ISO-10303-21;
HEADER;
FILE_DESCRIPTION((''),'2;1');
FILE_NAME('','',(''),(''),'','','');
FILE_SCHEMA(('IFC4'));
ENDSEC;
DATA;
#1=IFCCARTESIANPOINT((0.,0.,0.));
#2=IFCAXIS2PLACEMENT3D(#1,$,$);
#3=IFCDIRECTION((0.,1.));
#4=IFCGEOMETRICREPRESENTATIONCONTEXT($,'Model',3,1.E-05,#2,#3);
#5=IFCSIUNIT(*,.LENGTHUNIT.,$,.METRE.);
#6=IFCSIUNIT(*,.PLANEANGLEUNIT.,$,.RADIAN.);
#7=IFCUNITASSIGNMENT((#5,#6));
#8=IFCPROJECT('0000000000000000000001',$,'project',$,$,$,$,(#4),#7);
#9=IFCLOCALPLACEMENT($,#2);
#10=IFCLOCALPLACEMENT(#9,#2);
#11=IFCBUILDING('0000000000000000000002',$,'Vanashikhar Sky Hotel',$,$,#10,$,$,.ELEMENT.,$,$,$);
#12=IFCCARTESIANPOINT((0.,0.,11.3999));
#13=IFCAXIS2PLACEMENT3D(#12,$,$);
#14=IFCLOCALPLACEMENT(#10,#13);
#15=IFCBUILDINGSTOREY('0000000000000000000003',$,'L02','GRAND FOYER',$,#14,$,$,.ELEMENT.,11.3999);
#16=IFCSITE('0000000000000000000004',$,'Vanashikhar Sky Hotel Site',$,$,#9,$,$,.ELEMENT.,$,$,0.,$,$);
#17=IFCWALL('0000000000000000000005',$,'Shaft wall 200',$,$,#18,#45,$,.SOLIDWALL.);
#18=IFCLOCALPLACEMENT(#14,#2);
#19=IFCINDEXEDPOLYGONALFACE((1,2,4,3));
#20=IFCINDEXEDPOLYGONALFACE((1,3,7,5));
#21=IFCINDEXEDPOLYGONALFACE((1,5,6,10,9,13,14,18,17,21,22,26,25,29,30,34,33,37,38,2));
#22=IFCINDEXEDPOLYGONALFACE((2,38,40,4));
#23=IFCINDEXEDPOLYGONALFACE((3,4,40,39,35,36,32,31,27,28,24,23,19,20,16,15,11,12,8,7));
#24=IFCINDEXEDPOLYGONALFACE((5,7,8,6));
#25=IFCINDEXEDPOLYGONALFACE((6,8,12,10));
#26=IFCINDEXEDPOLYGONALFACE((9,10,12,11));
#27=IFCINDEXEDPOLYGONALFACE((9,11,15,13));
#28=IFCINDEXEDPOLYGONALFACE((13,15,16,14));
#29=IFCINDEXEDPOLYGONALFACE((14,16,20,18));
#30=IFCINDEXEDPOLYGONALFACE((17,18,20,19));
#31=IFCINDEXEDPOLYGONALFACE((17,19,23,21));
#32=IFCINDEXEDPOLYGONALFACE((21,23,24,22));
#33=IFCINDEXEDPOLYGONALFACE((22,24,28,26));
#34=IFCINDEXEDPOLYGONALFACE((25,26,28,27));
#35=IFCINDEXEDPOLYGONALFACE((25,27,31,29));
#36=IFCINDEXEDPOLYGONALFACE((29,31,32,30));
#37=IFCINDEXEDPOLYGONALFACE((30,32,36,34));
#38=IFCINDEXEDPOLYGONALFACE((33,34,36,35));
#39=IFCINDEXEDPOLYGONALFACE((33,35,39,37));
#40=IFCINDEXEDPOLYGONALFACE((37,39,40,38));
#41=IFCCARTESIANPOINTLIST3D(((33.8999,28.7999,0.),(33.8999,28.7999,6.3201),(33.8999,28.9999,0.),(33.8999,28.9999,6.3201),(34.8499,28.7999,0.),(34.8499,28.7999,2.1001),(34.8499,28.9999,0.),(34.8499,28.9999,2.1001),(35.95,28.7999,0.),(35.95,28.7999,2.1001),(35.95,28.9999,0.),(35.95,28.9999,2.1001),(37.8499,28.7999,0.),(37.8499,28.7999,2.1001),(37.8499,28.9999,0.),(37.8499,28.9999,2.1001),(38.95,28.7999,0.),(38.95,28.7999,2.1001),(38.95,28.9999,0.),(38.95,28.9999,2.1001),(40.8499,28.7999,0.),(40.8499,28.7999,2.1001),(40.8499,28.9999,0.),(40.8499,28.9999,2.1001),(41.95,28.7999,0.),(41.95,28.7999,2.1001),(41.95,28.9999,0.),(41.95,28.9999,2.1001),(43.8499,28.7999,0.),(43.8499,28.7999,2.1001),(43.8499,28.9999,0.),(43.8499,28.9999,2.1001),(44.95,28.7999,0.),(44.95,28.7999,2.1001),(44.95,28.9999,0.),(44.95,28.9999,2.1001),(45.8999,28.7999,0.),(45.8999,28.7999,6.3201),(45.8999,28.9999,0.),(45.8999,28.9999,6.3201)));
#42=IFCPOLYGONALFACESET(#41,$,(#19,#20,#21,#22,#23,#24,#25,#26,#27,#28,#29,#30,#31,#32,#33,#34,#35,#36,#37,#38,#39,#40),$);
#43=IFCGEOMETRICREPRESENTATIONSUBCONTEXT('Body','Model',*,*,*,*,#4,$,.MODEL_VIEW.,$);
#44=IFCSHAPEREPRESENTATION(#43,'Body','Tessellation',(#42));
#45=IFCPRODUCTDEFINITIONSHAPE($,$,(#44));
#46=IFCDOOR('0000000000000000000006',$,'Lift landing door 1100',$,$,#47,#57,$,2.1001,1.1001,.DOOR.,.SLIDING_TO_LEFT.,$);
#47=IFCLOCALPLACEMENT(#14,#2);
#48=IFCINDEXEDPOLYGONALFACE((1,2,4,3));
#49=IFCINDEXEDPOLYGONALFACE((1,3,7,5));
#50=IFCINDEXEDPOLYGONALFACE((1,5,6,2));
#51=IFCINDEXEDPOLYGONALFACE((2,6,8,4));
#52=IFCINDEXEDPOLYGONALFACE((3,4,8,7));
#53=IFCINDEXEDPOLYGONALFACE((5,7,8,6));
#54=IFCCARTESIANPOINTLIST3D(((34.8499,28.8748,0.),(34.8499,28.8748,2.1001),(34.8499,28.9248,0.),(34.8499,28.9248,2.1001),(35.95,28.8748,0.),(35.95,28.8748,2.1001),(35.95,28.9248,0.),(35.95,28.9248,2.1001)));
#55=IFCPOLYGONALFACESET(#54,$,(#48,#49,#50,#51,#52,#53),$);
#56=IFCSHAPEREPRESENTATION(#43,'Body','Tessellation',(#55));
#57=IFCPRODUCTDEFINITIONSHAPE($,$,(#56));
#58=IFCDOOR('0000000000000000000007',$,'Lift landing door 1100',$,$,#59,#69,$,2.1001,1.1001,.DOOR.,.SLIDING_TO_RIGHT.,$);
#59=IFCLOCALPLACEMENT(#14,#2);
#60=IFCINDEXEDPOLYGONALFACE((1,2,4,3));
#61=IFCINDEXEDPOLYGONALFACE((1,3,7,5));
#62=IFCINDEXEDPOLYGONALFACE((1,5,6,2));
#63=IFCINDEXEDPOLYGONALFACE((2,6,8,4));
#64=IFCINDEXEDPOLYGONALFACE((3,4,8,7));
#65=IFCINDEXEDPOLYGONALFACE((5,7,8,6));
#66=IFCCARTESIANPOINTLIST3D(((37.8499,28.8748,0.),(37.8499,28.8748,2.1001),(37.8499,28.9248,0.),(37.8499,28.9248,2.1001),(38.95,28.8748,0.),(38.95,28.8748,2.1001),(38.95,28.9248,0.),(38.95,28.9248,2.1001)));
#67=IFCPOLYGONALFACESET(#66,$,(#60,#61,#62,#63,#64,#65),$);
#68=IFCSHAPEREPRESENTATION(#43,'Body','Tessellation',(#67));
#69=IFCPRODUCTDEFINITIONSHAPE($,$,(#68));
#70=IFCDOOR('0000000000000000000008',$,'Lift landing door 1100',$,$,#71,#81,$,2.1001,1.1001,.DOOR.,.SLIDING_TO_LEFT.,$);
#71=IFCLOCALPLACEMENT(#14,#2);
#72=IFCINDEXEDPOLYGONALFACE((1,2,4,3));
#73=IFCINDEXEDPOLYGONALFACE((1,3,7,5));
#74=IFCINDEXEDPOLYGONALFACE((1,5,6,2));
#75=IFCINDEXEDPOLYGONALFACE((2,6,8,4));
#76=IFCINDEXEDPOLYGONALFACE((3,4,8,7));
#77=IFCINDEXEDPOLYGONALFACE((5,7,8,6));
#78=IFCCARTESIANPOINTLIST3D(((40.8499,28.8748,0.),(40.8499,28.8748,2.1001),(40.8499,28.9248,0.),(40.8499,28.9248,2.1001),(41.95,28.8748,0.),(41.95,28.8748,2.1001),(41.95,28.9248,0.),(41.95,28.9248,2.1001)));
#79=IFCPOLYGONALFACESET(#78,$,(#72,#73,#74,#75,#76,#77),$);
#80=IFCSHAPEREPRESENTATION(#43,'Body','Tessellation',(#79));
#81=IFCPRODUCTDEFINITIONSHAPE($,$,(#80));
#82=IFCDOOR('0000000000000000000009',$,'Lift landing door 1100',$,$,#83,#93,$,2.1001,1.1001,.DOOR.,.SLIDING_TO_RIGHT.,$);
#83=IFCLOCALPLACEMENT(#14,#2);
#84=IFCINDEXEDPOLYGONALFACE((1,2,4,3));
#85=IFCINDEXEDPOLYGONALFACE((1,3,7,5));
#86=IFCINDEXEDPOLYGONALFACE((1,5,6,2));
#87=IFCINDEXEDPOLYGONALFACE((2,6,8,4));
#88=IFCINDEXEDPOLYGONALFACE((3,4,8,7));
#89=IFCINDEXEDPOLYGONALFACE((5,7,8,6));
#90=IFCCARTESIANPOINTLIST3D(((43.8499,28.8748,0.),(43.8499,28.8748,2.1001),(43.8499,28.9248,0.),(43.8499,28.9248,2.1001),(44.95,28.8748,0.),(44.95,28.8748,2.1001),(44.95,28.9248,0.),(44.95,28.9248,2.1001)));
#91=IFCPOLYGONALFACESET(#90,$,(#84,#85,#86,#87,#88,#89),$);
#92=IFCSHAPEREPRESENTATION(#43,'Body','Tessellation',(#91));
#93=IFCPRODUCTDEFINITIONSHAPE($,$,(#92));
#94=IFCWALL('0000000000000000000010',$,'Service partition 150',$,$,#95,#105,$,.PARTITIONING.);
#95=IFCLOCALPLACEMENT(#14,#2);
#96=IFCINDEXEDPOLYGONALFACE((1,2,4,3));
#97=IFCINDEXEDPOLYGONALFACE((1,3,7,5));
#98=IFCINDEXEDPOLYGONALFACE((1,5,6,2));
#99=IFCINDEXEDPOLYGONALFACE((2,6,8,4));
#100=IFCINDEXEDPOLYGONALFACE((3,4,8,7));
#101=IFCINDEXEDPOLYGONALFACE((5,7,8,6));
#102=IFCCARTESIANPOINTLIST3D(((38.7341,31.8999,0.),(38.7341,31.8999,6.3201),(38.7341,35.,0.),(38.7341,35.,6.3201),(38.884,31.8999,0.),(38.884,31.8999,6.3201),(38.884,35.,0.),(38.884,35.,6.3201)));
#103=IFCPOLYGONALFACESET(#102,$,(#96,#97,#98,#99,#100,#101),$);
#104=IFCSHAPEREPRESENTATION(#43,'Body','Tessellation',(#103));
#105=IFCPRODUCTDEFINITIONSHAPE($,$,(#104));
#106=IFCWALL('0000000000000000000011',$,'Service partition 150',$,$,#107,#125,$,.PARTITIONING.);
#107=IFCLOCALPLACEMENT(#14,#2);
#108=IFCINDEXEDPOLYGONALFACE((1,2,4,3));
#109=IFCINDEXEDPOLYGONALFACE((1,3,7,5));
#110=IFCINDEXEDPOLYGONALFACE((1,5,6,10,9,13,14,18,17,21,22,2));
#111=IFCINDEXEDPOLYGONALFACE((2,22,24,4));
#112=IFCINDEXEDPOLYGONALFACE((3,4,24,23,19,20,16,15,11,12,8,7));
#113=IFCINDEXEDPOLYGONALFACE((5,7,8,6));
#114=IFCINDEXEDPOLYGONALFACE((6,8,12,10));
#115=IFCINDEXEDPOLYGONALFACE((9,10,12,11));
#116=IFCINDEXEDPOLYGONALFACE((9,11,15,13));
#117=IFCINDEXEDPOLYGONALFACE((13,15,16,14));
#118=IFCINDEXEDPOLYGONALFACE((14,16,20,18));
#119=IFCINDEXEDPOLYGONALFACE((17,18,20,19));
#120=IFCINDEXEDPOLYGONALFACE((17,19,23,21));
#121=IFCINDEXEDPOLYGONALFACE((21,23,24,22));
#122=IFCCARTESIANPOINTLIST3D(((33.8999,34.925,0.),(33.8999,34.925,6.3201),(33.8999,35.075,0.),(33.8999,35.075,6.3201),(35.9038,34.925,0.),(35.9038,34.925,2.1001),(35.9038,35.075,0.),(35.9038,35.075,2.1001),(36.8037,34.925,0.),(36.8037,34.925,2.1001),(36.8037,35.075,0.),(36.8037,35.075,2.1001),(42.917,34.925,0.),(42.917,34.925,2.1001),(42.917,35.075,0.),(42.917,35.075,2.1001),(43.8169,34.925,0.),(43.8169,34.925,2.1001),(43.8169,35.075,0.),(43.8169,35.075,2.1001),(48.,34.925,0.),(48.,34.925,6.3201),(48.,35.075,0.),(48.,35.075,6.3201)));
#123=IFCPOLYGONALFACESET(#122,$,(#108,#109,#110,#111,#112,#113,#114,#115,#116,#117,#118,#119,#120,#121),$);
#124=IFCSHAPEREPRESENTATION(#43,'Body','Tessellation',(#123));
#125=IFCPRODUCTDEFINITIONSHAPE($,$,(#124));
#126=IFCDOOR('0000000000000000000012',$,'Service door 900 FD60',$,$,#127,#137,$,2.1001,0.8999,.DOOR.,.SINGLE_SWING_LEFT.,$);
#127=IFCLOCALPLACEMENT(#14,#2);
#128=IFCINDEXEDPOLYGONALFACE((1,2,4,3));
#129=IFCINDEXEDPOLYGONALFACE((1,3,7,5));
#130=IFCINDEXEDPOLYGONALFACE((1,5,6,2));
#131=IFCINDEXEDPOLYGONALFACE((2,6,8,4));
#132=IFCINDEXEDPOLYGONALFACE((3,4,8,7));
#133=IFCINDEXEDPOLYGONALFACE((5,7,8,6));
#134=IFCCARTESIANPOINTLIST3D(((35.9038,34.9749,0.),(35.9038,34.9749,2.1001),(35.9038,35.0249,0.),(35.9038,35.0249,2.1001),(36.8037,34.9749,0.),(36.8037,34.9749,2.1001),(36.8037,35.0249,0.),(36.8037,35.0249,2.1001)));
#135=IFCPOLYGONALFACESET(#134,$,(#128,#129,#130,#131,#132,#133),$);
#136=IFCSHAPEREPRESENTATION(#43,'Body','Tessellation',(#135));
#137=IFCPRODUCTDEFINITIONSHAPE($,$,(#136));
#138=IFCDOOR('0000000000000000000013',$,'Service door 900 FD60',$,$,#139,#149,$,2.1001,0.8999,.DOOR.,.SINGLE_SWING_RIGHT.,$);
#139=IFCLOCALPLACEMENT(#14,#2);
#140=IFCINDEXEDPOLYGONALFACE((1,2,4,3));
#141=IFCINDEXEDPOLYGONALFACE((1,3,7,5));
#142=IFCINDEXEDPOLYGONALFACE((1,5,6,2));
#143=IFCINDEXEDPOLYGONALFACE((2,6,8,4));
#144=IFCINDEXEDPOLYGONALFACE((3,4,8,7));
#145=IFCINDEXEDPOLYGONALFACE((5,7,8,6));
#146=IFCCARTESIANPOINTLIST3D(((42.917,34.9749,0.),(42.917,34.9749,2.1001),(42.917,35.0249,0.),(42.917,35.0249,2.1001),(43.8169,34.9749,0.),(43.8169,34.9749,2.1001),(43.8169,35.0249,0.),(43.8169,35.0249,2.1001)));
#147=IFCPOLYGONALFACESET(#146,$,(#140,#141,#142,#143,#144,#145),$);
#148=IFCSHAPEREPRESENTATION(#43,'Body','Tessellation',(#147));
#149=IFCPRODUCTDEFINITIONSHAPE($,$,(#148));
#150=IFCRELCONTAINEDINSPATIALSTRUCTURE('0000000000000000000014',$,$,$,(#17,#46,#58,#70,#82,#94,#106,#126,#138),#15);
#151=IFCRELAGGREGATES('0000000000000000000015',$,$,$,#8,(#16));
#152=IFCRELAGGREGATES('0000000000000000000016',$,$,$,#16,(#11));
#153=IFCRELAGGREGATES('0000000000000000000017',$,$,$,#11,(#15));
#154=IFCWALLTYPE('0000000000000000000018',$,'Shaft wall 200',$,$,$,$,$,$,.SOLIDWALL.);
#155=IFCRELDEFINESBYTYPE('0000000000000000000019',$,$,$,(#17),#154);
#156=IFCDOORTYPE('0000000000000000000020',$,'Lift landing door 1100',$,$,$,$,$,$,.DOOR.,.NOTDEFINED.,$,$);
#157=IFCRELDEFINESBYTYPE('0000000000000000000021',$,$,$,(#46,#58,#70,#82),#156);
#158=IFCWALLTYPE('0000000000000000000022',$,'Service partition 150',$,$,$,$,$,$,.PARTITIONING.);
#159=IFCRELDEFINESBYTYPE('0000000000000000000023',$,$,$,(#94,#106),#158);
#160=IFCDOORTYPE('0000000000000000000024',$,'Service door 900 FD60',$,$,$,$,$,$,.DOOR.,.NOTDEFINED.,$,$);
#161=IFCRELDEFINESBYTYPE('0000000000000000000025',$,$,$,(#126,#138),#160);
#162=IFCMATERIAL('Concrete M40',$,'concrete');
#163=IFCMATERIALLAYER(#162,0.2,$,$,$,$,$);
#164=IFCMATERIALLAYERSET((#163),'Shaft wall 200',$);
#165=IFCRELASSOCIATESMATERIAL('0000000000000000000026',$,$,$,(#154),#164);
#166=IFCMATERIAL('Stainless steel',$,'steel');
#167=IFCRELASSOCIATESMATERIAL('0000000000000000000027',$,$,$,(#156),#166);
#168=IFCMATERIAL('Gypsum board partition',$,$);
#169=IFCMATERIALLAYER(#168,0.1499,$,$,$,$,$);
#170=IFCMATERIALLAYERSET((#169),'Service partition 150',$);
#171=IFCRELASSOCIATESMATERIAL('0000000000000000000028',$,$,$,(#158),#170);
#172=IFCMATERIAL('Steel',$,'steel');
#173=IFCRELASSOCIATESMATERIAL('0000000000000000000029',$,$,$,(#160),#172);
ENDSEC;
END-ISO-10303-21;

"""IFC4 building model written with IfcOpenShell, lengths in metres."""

from ifc_helpers import new_model, si_unit, direction, frame, frame_2d, origin, place, context, subcontext, project, spatial, rectangle, extrude, source, transform, mapped, material, layer, layer_set, type_object, element, fill, save


model = new_model("IFC4")

# Units and contexts
model_context = context("Model", 3, precision=1e-05, world=origin(), true_north=direction((0.0, 1.0)))
body_context = subcontext(model_context, "Body", "Model", "MODEL_VIEW")
ifc_project = project(units=[si_unit("LENGTHUNIT", "METRE"), si_unit("PLANEANGLEUNIT", "RADIAN")], contexts=[model_context])

# Site, building, storey
site_placement = place(None, origin())
site = spatial("IfcSite", under=ifc_project, at=site_placement, Name="Vanashikhar Sky Hotel Site", CompositionType="ELEMENT", RefElevation=0.0)
building_placement = place(site_placement, origin())
building = spatial("IfcBuilding", under=site, at=building_placement, Name="Vanashikhar Sky Hotel", CompositionType="ELEMENT")
storey_placement = place(building_placement, frame((0.0, 0.0, 11.3999)))
storey = spatial("IfcBuildingStorey", under=building, at=storey_placement, Name="L02", Description="GRAND FOYER", CompositionType="ELEMENT", Elevation=11.3999)

# Shared definitions
ifc_material_1 = material(Name="Steel", Category="steel")

# Wall, openings, doors
ifc_material_2 = material(Name="Concrete M40", Category="concrete")
ifc_layer_1 = layer(ifc_material_2, 0.2)
ifc_layer_set_1 = layer_set([ifc_layer_1], Name="Shaft wall 200")
wall_type_1 = type_object("IfcWallType", Name="Shaft wall 200", PredefinedType="SOLIDWALL", material=ifc_layer_set_1)
shared_shape_1 = source(origin(), body_context, "Body", "SweptSolid", [
    extrude(rectangle(XDim=1.1001, YDim=2.1001, at=frame_2d((0.55, 1.05))), frame((0.0, 0.1099, 0.0), z_axis=(0.0, -1.0, 0.0), x_axis=(1.0, 0.0, 0.0)), (0.0, 0.0, 1.0), 0.22),
])
ifc_material_3 = material(Name="Stainless steel", Category="steel")
door_type_1 = type_object("IfcDoorType", Name="Lift landing door 1100", OperationType="NOTDEFINED", PredefinedType="DOOR", material=ifc_material_3)
shared_shape_2 = source(origin(), body_context, "Body", "SweptSolid", [
    extrude(rectangle(XDim=1.1001, YDim=2.1001, at=frame_2d((0.55, 1.05))), frame((0.0, 0.0249, 0.0), z_axis=(0.0, -1.0, 0.0), x_axis=(1.0, 0.0, 0.0)), (0.0, 0.0, 1.0), 0.05),
])
shared_shape_3 = source(origin(), body_context, "Body", "SweptSolid", [
    extrude(rectangle(XDim=12.0, YDim=0.2, at=frame_2d((6.0, 0.0))), origin(), (0.0, 0.0, 1.0), 6.3201),
])
wall_1_placement = place(storey_placement, frame((33.8999, 28.8999, 0.0), z_axis=(0.0, 0.0, 1.0), x_axis=(1.0, 0.0, 0.0)))
wall_1 = element("IfcWall", 1, at=wall_1_placement, inside=storey, type_object=wall_type_1, Name="Shaft wall 200", PredefinedType="SOLIDWALL", context=body_context, shape_type="MappedRepresentation", body=[
    mapped(shared_shape_3, transform((0.0, 0.0, 0.0), scale=1.0)),
])
opening_1_placement = place(wall_1_placement, frame((0.95, 0.0, 0.0)))
opening_1 = element("IfcOpeningElement", 2, at=opening_1_placement, cuts=wall_1, PredefinedType="OPENING", context=body_context, shape_type="MappedRepresentation", body=[
    mapped(shared_shape_1, transform((0.0, 0.0, 0.0), scale=1.0)),
])
opening_2_placement = place(wall_1_placement, frame((3.95, 0.0, 0.0)))
opening_2 = element("IfcOpeningElement", 3, at=opening_2_placement, cuts=wall_1, PredefinedType="OPENING", context=body_context, shape_type="MappedRepresentation", body=[
    mapped(shared_shape_1, transform((0.0, 0.0, 0.0), scale=1.0)),
])
opening_3_placement = place(wall_1_placement, frame((6.95, 0.0, 0.0)))
opening_3 = element("IfcOpeningElement", 4, at=opening_3_placement, cuts=wall_1, PredefinedType="OPENING", context=body_context, shape_type="MappedRepresentation", body=[
    mapped(shared_shape_1, transform((0.0, 0.0, 0.0), scale=1.0)),
])
opening_4_placement = place(wall_1_placement, frame((9.95, 0.0, 0.0)))
opening_4 = element("IfcOpeningElement", 5, at=opening_4_placement, cuts=wall_1, PredefinedType="OPENING", context=body_context, shape_type="MappedRepresentation", body=[
    mapped(shared_shape_1, transform((0.0, 0.0, 0.0), scale=1.0)),
])
door_1_placement = place(opening_1_placement, origin())
door_1 = element("IfcDoor", 6, at=door_1_placement, inside=storey, type_object=door_type_1, Name="Lift landing door 1100", OperationType="SLIDING_TO_LEFT", OverallHeight=2.1001, OverallWidth=1.1001, PredefinedType="DOOR", context=body_context, shape_type="MappedRepresentation", body=[
    mapped(shared_shape_2, transform((0.0, 0.0, 0.0), scale=1.0)),
])
fill(opening_1, door_1)
door_2_placement = place(opening_2_placement, origin())
door_2 = element("IfcDoor", 7, at=door_2_placement, inside=storey, type_object=door_type_1, Name="Lift landing door 1100", OperationType="SLIDING_TO_RIGHT", OverallHeight=2.1001, OverallWidth=1.1001, PredefinedType="DOOR", context=body_context, shape_type="MappedRepresentation", body=[
    mapped(shared_shape_2, transform((0.0, 0.0, 0.0), scale=1.0)),
])
fill(opening_2, door_2)
door_3_placement = place(opening_3_placement, origin())
door_3 = element("IfcDoor", 8, at=door_3_placement, inside=storey, type_object=door_type_1, Name="Lift landing door 1100", OperationType="SLIDING_TO_LEFT", OverallHeight=2.1001, OverallWidth=1.1001, PredefinedType="DOOR", context=body_context, shape_type="MappedRepresentation", body=[
    mapped(shared_shape_2, transform((0.0, 0.0, 0.0), scale=1.0)),
])
fill(opening_3, door_3)
door_4_placement = place(opening_4_placement, origin())
door_4 = element("IfcDoor", 9, at=door_4_placement, inside=storey, type_object=door_type_1, Name="Lift landing door 1100", OperationType="SLIDING_TO_RIGHT", OverallHeight=2.1001, OverallWidth=1.1001, PredefinedType="DOOR", context=body_context, shape_type="MappedRepresentation", body=[
    mapped(shared_shape_2, transform((0.0, 0.0, 0.0), scale=1.0)),
])
fill(opening_4, door_4)

# Wall
ifc_material_4 = material(Name="Gypsum board partition")
ifc_layer_2 = layer(ifc_material_4, 0.1499)
ifc_layer_set_2 = layer_set([ifc_layer_2], Name="Service partition 150")
wall_type_2 = type_object("IfcWallType", Name="Service partition 150", PredefinedType="PARTITIONING", material=ifc_layer_set_2)
shared_shape_4 = source(origin(), body_context, "Body", "SweptSolid", [
    extrude(rectangle(XDim=3.1001, YDim=0.1499, at=frame_2d((1.55, 0.0))), origin(), (0.0, 0.0, 1.0), 6.3201),
])
wall_2_placement = place(storey_placement, frame((38.8091, 31.8999, 0.0), z_axis=(0.0, 0.0, 1.0), x_axis=(0.0, 1.0, 0.0)))
element("IfcWall", 10, at=wall_2_placement, inside=storey, type_object=wall_type_2, Name="Service partition 150", PredefinedType="PARTITIONING", context=body_context, shape_type="MappedRepresentation", body=[
    mapped(shared_shape_4, transform((0.0, 0.0, 0.0), scale=1.0)),
])

# Wall, openings, doors
shared_shape_5 = source(origin(), body_context, "Body", "SweptSolid", [
    extrude(rectangle(XDim=14.1001, YDim=0.1499, at=frame_2d((7.05, 0.0))), origin(), (0.0, 0.0, 1.0), 6.3201),
])
wall_3_placement = place(storey_placement, frame((33.8999, 35.0, 0.0), z_axis=(0.0, 0.0, 1.0), x_axis=(1.0, 0.0, 0.0)))
wall_3 = element("IfcWall", 11, at=wall_3_placement, inside=storey, type_object=wall_type_2, Name="Service partition 150", PredefinedType="PARTITIONING", context=body_context, shape_type="MappedRepresentation", body=[
    mapped(shared_shape_5, transform((0.0, 0.0, 0.0), scale=1.0)),
])
shared_shape_6 = source(origin(), body_context, "Body", "SweptSolid", [
    extrude(rectangle(XDim=0.8999, YDim=2.1001, at=frame_2d((0.45, 1.05))), frame((0.0, 0.085, 0.0), z_axis=(0.0, -1.0, 0.0), x_axis=(1.0, 0.0, 0.0)), (0.0, 0.0, 1.0), 0.1699),
])
opening_5_placement = place(wall_3_placement, frame((2.0039, 0.0, 0.0)))
opening_5 = element("IfcOpeningElement", 12, at=opening_5_placement, cuts=wall_3, PredefinedType="OPENING", context=body_context, shape_type="MappedRepresentation", body=[
    mapped(shared_shape_6, transform((0.0, 0.0, 0.0), scale=1.0)),
])
opening_6_placement = place(wall_3_placement, frame((9.0171, 0.0, 0.0)))
opening_6 = element("IfcOpeningElement", 13, at=opening_6_placement, cuts=wall_3, PredefinedType="OPENING", context=body_context, shape_type="MappedRepresentation", body=[
    mapped(shared_shape_6, transform((0.0, 0.0, 0.0), scale=1.0)),
])
door_type_2 = type_object("IfcDoorType", Name="Service door 900 FD60", OperationType="NOTDEFINED", PredefinedType="DOOR", material=ifc_material_1)
shared_shape_7 = source(origin(), body_context, "Body", "SweptSolid", [
    extrude(rectangle(XDim=0.8999, YDim=2.1001, at=frame_2d((0.45, 1.05))), frame((0.0, 0.0249, 0.0), z_axis=(0.0, -1.0, 0.0), x_axis=(1.0, 0.0, 0.0)), (0.0, 0.0, 1.0), 0.05),
])
door_5_placement = place(opening_5_placement, origin())
door_5 = element("IfcDoor", 14, at=door_5_placement, inside=storey, type_object=door_type_2, Name="Service door 900 FD60", OperationType="SINGLE_SWING_LEFT", OverallHeight=2.1001, OverallWidth=0.8999, PredefinedType="DOOR", context=body_context, shape_type="MappedRepresentation", body=[
    mapped(shared_shape_7, transform((0.0, 0.0, 0.0), scale=1.0)),
])
fill(opening_5, door_5)
door_6_placement = place(opening_6_placement, origin())
door_6 = element("IfcDoor", 15, at=door_6_placement, inside=storey, type_object=door_type_2, Name="Service door 900 FD60", OperationType="SINGLE_SWING_RIGHT", OverallHeight=2.1001, OverallWidth=0.8999, PredefinedType="DOOR", context=body_context, shape_type="MappedRepresentation", body=[
    mapped(shared_shape_7, transform((0.0, 0.0, 0.0), scale=1.0)),
])
fill(opening_6, door_6)

save(model, "model.ifc")
